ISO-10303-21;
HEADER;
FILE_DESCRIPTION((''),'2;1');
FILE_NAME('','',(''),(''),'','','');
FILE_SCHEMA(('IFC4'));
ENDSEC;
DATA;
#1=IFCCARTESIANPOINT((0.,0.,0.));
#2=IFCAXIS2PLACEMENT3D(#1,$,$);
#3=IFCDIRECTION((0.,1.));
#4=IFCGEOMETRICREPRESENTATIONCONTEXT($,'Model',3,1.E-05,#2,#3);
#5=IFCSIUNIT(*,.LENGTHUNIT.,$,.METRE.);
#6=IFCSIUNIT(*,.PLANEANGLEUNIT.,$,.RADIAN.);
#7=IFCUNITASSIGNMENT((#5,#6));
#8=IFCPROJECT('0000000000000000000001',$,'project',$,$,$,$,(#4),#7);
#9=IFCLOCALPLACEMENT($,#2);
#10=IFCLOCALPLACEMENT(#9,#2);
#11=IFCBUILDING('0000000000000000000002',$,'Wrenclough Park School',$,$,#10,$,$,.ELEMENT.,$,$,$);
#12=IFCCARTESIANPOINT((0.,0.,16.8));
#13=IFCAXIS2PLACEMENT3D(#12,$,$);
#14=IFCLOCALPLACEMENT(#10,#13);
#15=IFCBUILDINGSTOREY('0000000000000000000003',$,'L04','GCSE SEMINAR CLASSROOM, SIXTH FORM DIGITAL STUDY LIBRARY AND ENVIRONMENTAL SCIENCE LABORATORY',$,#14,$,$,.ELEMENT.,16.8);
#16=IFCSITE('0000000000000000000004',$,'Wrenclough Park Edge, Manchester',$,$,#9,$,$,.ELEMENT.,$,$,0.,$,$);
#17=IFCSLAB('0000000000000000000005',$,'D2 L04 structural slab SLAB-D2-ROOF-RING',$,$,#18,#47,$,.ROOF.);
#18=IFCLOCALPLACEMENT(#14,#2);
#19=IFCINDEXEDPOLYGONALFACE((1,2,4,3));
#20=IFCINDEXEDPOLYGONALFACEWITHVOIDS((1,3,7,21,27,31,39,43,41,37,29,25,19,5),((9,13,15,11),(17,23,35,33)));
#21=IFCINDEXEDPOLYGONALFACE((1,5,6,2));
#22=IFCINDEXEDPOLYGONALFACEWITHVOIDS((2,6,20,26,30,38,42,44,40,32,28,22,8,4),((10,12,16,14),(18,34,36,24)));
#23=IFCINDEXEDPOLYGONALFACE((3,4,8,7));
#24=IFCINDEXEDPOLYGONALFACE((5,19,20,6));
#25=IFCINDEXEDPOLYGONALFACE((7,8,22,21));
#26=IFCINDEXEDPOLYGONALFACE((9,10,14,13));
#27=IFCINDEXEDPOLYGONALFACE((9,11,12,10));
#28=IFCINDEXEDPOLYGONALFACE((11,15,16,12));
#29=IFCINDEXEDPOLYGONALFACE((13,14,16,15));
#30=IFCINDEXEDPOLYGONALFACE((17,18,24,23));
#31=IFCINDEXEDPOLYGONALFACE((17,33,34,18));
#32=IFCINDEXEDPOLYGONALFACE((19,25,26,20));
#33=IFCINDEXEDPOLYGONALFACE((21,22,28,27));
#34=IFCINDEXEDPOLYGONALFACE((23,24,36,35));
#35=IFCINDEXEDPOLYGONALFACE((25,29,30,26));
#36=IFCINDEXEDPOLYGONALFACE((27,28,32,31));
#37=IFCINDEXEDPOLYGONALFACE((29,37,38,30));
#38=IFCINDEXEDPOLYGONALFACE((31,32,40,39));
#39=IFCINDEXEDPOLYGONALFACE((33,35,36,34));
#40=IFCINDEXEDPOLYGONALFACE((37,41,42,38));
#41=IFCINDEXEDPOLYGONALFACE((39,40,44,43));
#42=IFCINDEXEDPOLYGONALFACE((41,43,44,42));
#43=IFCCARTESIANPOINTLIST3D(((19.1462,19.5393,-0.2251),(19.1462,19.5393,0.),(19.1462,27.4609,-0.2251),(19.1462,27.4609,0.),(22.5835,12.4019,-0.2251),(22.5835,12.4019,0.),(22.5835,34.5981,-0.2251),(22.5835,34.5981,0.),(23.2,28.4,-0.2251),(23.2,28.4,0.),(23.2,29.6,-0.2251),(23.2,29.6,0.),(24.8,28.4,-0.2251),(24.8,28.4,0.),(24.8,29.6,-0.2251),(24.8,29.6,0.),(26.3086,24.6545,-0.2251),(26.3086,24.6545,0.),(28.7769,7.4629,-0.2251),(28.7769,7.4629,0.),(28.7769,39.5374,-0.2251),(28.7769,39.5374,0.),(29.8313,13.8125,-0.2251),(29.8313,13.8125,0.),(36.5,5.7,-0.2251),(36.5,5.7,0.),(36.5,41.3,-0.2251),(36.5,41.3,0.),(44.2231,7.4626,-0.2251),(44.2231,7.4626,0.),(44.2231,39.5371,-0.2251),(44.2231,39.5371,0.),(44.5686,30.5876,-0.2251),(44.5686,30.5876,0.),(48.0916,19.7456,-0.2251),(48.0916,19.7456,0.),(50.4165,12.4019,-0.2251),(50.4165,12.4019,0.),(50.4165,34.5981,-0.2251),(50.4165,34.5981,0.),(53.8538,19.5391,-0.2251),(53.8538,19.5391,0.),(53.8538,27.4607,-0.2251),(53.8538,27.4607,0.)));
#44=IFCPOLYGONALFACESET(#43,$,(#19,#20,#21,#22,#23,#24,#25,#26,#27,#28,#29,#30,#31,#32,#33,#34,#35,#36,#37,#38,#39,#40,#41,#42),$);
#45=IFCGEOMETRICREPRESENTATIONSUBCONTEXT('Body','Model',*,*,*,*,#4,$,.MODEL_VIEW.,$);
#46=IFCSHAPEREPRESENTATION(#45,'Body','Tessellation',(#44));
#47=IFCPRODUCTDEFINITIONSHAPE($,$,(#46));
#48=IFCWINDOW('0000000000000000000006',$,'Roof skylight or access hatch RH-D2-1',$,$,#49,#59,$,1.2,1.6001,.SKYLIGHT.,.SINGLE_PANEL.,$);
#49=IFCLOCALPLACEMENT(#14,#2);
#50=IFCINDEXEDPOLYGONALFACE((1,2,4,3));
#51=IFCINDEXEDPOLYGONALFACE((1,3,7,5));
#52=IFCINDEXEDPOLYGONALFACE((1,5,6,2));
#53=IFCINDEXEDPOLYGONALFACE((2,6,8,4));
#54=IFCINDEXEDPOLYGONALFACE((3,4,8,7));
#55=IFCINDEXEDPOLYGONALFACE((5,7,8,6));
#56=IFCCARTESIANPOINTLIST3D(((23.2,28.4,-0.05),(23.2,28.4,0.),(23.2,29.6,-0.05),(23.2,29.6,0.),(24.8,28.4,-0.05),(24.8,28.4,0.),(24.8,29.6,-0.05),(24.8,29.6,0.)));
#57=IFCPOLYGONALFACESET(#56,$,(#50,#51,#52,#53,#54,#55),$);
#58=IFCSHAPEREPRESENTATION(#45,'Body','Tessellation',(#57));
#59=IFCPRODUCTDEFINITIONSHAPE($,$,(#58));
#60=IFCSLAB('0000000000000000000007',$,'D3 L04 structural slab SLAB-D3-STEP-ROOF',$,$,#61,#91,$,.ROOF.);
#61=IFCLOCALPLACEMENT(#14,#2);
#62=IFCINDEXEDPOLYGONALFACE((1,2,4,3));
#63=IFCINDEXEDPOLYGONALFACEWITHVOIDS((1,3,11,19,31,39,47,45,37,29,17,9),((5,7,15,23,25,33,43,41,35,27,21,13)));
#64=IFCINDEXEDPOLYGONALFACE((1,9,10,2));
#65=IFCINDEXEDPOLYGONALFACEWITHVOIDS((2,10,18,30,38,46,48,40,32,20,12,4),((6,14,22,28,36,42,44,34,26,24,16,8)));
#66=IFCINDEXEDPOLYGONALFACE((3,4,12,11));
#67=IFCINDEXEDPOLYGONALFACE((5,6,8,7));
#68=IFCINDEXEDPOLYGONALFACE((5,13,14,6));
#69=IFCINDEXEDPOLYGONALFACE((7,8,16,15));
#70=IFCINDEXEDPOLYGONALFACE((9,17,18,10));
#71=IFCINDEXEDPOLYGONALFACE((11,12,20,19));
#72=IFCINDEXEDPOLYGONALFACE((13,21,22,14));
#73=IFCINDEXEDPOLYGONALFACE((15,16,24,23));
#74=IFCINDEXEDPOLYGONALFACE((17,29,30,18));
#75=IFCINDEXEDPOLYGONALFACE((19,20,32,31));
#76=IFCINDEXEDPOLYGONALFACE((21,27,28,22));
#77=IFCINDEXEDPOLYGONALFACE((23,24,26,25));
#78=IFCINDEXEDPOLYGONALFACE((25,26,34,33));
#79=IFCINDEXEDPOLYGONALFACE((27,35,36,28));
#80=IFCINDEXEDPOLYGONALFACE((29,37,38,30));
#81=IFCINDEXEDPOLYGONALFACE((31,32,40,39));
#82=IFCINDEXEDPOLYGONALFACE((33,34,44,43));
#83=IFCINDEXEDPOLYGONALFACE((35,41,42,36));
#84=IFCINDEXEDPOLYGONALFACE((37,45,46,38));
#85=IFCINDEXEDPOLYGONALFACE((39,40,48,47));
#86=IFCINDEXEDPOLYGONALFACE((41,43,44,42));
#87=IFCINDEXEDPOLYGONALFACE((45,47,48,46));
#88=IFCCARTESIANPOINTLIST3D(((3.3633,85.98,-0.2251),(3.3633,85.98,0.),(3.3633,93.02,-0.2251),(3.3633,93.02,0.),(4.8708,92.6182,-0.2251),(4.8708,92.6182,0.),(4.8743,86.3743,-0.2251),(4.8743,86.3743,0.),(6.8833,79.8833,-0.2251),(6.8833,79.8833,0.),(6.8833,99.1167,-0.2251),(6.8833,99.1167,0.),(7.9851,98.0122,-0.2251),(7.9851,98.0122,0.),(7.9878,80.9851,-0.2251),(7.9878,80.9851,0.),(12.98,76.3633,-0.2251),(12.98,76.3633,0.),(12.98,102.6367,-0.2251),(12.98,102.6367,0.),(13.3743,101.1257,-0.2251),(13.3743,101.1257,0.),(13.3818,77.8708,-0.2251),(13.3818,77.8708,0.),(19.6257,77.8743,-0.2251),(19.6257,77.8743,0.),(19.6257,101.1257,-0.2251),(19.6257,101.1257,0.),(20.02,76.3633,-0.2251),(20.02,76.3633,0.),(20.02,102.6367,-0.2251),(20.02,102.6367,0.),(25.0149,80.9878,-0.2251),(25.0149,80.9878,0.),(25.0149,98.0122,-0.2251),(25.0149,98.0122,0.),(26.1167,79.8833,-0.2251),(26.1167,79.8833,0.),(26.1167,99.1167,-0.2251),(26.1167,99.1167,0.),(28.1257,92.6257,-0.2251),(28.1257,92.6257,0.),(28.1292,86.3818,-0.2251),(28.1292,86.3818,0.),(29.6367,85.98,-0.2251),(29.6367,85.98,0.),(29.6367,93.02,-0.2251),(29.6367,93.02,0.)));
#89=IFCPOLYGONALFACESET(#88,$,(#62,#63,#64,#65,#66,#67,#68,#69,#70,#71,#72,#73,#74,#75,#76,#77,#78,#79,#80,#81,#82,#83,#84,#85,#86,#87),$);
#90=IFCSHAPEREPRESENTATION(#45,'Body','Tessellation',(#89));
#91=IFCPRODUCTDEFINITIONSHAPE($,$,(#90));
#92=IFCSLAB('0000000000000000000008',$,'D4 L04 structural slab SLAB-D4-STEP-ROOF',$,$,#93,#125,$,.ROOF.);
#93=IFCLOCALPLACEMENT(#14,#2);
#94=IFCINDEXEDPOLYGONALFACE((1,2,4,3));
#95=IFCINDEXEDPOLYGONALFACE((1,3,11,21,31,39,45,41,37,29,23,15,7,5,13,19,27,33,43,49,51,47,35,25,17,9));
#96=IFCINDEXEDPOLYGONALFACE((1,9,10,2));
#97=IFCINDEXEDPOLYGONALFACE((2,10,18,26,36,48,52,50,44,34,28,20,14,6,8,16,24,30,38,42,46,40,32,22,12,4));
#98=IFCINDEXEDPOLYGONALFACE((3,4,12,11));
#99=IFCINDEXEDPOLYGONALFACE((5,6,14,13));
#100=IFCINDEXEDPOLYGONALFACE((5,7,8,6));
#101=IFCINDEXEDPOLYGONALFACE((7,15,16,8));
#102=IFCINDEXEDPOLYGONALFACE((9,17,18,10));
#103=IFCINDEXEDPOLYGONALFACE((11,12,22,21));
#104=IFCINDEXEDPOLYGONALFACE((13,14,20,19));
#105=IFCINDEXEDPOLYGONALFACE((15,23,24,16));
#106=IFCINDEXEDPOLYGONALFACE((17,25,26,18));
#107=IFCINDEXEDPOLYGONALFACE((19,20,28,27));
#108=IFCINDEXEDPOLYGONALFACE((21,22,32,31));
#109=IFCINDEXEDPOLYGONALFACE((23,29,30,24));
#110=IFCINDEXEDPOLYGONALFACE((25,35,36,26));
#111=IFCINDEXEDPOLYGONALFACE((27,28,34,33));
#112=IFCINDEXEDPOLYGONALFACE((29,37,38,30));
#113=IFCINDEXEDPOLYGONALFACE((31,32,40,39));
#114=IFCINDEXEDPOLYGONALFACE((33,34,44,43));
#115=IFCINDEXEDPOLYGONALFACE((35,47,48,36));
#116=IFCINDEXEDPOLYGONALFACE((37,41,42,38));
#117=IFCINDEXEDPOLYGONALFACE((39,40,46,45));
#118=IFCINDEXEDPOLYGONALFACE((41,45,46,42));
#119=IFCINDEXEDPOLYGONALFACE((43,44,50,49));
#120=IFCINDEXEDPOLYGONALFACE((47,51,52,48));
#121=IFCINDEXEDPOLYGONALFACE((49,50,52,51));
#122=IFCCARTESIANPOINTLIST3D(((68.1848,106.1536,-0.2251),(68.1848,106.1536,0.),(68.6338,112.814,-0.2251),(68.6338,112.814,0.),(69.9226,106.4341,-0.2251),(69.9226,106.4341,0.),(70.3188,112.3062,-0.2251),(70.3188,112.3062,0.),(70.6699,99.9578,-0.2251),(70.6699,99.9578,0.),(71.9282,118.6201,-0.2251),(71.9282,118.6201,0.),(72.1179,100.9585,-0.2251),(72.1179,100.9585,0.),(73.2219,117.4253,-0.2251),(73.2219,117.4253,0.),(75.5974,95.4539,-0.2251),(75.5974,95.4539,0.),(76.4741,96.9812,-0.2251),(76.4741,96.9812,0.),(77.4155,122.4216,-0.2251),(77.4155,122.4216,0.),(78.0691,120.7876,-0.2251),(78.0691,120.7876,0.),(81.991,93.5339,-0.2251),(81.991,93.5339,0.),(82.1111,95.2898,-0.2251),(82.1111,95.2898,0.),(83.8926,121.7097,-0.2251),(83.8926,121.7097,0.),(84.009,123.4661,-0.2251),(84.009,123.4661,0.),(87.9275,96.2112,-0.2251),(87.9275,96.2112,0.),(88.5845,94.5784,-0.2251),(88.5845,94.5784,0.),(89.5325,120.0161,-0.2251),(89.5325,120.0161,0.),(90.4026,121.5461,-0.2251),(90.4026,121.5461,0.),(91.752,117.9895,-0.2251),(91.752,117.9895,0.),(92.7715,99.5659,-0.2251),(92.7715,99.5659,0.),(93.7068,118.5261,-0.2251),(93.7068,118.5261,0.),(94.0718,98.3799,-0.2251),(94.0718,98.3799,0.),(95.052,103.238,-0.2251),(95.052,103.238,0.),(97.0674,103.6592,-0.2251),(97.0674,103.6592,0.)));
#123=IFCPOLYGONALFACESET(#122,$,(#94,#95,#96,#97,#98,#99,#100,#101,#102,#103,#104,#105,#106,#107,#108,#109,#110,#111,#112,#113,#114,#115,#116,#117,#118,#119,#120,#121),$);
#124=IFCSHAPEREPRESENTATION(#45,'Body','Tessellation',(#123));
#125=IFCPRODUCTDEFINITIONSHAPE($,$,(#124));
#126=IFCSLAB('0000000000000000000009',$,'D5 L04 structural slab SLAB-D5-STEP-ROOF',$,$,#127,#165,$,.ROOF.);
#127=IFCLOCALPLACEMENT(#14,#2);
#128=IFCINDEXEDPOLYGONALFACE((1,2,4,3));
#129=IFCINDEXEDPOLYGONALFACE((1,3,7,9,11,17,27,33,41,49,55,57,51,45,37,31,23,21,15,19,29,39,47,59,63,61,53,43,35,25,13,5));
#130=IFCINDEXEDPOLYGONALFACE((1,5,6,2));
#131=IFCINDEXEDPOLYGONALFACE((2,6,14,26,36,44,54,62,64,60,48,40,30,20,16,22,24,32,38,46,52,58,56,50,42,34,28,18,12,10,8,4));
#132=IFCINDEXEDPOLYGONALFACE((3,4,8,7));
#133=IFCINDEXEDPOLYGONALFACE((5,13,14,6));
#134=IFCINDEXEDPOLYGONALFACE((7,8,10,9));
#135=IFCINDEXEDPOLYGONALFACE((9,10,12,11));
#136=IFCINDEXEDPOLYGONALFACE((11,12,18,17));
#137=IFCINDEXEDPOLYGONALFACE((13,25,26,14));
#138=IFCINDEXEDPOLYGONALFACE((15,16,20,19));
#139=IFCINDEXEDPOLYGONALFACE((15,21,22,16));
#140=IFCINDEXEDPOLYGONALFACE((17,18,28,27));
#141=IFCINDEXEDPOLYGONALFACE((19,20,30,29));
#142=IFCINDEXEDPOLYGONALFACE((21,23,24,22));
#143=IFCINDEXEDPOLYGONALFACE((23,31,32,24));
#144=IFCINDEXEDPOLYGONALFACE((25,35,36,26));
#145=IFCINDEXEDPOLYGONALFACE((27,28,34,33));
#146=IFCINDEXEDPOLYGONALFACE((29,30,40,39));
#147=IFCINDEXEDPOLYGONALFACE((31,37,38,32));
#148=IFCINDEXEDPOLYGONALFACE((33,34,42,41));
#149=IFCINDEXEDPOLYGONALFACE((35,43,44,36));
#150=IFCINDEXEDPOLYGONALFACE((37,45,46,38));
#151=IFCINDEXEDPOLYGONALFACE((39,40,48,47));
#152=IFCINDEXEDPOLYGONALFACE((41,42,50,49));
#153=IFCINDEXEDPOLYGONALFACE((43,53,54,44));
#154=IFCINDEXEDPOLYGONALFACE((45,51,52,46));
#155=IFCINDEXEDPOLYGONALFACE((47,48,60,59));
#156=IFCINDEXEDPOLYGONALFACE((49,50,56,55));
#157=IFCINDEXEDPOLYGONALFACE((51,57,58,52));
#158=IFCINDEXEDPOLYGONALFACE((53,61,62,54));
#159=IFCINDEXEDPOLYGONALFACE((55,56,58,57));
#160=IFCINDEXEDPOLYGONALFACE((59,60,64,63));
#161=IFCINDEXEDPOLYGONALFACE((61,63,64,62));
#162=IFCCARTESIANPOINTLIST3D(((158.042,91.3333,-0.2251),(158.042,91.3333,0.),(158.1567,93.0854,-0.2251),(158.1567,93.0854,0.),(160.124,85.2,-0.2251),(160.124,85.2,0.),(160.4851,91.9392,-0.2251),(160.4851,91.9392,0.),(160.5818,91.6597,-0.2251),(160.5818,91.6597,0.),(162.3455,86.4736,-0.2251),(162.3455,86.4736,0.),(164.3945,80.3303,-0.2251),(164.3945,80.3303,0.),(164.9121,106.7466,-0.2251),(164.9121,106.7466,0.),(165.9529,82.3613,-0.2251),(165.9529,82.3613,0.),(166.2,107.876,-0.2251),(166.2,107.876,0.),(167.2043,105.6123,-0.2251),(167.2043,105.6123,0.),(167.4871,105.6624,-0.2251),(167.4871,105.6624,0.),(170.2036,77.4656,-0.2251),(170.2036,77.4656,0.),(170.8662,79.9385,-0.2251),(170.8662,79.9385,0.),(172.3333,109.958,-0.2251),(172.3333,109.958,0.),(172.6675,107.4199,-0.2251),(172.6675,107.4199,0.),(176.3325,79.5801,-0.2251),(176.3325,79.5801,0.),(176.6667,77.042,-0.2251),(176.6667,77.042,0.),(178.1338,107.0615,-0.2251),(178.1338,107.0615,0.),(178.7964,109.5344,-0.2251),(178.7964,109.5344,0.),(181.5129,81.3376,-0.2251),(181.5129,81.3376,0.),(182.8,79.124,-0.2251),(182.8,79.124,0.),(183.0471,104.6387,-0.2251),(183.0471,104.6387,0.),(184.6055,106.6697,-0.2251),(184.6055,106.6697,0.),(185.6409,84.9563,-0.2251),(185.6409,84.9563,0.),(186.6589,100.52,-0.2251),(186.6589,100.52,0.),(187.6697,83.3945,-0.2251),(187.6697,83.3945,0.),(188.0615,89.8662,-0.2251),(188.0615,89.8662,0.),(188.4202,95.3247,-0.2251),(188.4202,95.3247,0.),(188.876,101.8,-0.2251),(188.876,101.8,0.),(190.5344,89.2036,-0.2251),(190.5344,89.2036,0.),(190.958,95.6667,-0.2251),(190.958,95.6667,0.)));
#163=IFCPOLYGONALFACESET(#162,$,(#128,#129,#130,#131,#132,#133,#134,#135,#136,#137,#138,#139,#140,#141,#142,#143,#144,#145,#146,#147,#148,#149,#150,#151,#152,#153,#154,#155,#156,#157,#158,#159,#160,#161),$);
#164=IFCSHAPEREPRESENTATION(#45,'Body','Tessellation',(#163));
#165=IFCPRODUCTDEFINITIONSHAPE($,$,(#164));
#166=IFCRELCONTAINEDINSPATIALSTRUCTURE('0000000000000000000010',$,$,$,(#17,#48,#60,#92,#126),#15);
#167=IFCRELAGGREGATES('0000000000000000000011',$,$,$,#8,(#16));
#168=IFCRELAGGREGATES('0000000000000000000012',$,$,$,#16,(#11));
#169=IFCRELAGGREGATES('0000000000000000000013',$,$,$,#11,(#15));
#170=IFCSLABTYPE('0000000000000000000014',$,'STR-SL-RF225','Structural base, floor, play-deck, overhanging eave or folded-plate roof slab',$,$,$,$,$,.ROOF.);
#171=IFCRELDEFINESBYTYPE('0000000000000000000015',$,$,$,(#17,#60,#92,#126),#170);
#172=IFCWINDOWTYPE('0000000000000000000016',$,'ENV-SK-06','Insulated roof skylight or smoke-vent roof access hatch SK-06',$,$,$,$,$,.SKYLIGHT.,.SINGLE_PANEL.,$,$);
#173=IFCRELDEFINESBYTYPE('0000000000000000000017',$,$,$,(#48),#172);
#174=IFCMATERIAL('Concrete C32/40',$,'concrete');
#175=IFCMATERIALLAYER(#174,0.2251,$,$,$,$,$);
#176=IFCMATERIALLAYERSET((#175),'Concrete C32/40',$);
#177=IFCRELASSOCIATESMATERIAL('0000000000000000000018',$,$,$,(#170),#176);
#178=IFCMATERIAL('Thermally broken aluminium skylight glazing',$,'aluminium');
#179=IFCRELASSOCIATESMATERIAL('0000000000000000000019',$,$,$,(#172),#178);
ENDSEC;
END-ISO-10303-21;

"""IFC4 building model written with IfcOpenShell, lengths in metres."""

from ifc_helpers import new_model, si_unit, direction, frame, origin, origin_2d, place, context, subcontext, project, spatial, polyline, rectangle, outline, extrude, material, layer, layer_set, type_object, element, fill, save


model = new_model("IFC4")

# Units and contexts
model_context = context("Model", 3, precision=1e-05, world=origin(), true_north=direction((0.0, 1.0)))
body_context = subcontext(model_context, "Body", "Model", "MODEL_VIEW")
ifc_project = project(units=[si_unit("LENGTHUNIT", "METRE"), si_unit("PLANEANGLEUNIT", "RADIAN")], contexts=[model_context])

# Site, building, storey
site_placement = place(None, origin())
site = spatial("IfcSite", under=ifc_project, at=site_placement, Name="Wrenclough Park Edge, Manchester", CompositionType="ELEMENT", RefElevation=0.0)
building_placement = place(site_placement, origin())
building = spatial("IfcBuilding", under=site, at=building_placement, Name="Wrenclough Park School", CompositionType="ELEMENT")
storey_placement = place(building_placement, frame((0.0, 0.0, 16.8)))
storey = spatial("IfcBuildingStorey", under=building, at=storey_placement, Name="L04", Description="GCSE SEMINAR CLASSROOM, SIXTH FORM DIGITAL STUDY LIBRARY AND ENVIRONMENTAL SCIENCE LABORATORY", CompositionType="ELEMENT", Elevation=16.8)

# Shared definitions
ifc_material_1 = material(Name="Concrete C32/40", Category="concrete")
ifc_layer_1 = layer(ifc_material_1, 0.2251)
ifc_layer_set_1 = layer_set([ifc_layer_1], Name="Concrete C32/40")
slab_type_1 = type_object("IfcSlabType", Name="STR-SL-RF225", Description="Structural base, floor, play-deck, overhanging eave or folded-plate roof slab", PredefinedType="ROOF", material=ifc_layer_set_1)

# Shared definitions
ifc_material_2 = material(Name="Thermally broken aluminium skylight glazing", Category="aluminium")

# Slab, opening, window
slab_1_placement = place(storey_placement, frame((0.0, 0.0, -0.2251)))
slab_1 = element("IfcSlab", 1, at=slab_1_placement, inside=storey, type_object=slab_type_1, Name="D2 L04 structural slab SLAB-D2-ROOF-RING", PredefinedType="ROOF", context=body_context, shape_type="SweptSolid", body=[
    extrude(outline(polyline([(53.8538, 27.4607), (50.4165, 34.5981), (44.2231, 39.5371), (36.5, 41.3), (28.7769, 39.5374), (22.5835, 34.5981), (19.1462, 27.4609), (19.1462, 19.5393), (22.5835, 12.4019), (28.7769, 7.4629), (36.5, 5.7), (44.2231, 7.4626), (50.4165, 12.4019), (53.8538, 19.5391), (53.8538, 27.4607)]), holes=[polyline([(48.0916, 19.7456), (44.5686, 30.5876), (26.3086, 24.6545), (29.8313, 13.8125), (48.0916, 19.7456)])]), origin(), (0.0, 0.0, 1.0), 0.2251),
])
opening_1_placement = place(slab_1_placement, frame((24.0, 29.0, -0.01)))
opening_1 = element("IfcOpeningElement", 2, at=opening_1_placement, cuts=slab_1, PredefinedType="OPENING", context=body_context, shape_type="SweptSolid", body=[
    extrude(rectangle(XDim=1.6001, YDim=1.2, at=origin_2d()), origin(), (0.0, 0.0, 1.0), 0.2451),
])
window_type_1 = type_object("IfcWindowType", Name="ENV-SK-06", Description="Insulated roof skylight or smoke-vent roof access hatch SK-06", PartitioningType="SINGLE_PANEL", PredefinedType="SKYLIGHT", material=ifc_material_2)
placement_1 = place(slab_1_placement, frame((24.0, 29.0, 0.0)))
window_1_placement = place(placement_1, frame((0.0, 0.0, 0.175)))
window_1 = element("IfcWindow", 3, at=window_1_placement, inside=storey, type_object=window_type_1, Name="Roof skylight or access hatch RH-D2-1", OverallHeight=1.2, OverallWidth=1.6001, PartitioningType="SINGLE_PANEL", PredefinedType="SKYLIGHT", context=body_context, shape_type="SweptSolid", body=[
    extrude(rectangle(XDim=1.6001, YDim=1.2, at=origin_2d()), origin(), (0.0, 0.0, 1.0), 0.05),
])
fill(opening_1, window_1)

# Slabs
slab_2_placement = place(storey_placement, frame((0.0, 0.0, -0.2251)))
element("IfcSlab", 4, at=slab_2_placement, inside=storey, type_object=slab_type_1, Name="D3 L04 structural slab SLAB-D3-STEP-ROOF", PredefinedType="ROOF", context=body_context, shape_type="SweptSolid", body=[
    extrude(outline(polyline([(29.6367, 93.02), (26.1167, 99.1167), (20.02, 102.6367), (12.98, 102.6367), (6.8833, 99.1167), (3.3633, 93.02), (3.3633, 85.98), (6.8833, 79.8833), (12.98, 76.3633), (20.02, 76.3633), (26.1167, 79.8833), (29.6367, 85.98), (29.6367, 93.02)]), holes=[polyline([(19.6257, 101.1257), (13.3743, 101.1257), (7.9851, 98.0122), (4.8708, 92.6182), (4.8743, 86.3743), (7.9878, 80.9851), (13.3818, 77.8708), (19.6257, 77.8743), (25.0149, 80.9878), (28.1292, 86.3818), (28.1257, 92.6257), (25.0149, 98.0122), (19.6257, 101.1257)])]), origin(), (0.0, 0.0, 1.0), 0.2251),
])
slab_3_placement = place(storey_placement, frame((0.0, 0.0, -0.2251)))
element("IfcSlab", 5, at=slab_3_placement, inside=storey, type_object=slab_type_1, Name="D4 L04 structural slab SLAB-D4-STEP-ROOF", PredefinedType="ROOF", context=body_context, shape_type="SweptSolid", body=[
    extrude(outline(polyline([(93.7068, 118.5261), (90.4026, 121.5461), (84.009, 123.4661), (77.4155, 122.4216), (71.9282, 118.6201), (68.6338, 112.814), (68.1848, 106.1536), (70.6699, 99.9578), (75.5974, 95.4539), (81.991, 93.5339), (88.5845, 94.5784), (94.0718, 98.3799), (97.0674, 103.6592), (95.052, 103.238), (92.7715, 99.5659), (87.9275, 96.2112), (82.1111, 95.2898), (76.4741, 96.9812), (72.1179, 100.9585), (69.9226, 106.4341), (70.3188, 112.3062), (73.2219, 117.4253), (78.0691, 120.7876), (83.8926, 121.7097), (89.5325, 120.0161), (91.752, 117.9895), (93.7068, 118.5261)])), origin(), (0.0, 0.0, 1.0), 0.2251),
])
slab_4_placement = place(storey_placement, frame((0.0, 0.0, -0.2251)))
element("IfcSlab", 6, at=slab_4_placement, inside=storey, type_object=slab_type_1, Name="D5 L04 structural slab SLAB-D5-STEP-ROOF", PredefinedType="ROOF", context=body_context, shape_type="SweptSolid", body=[
    extrude(outline(polyline([(160.4851, 91.9392), (158.1567, 93.0854), (158.042, 91.3333), (160.124, 85.2), (164.3945, 80.3303), (170.2036, 77.4656), (176.6667, 77.042), (182.8, 79.124), (187.6697, 83.3945), (190.5344, 89.2036), (190.958, 95.6667), (188.876, 101.8), (184.6055, 106.6697), (178.7964, 109.5344), (172.3333, 109.958), (166.2, 107.876), (164.9121, 106.7466), (167.2043, 105.6123), (167.4871, 105.6624), (172.6675, 107.4199), (178.1338, 107.0615), (183.0471, 104.6387), (186.6589, 100.52), (188.4202, 95.3247), (188.0615, 89.8662), (185.6409, 84.9563), (181.5129, 81.3376), (176.3325, 79.5801), (170.8662, 79.9385), (165.9529, 82.3613), (162.3455, 86.4736), (160.5818, 91.6597), (160.4851, 91.9392)])), origin(), (0.0, 0.0, 1.0), 0.2251),
])

save(model, "model.ifc")
